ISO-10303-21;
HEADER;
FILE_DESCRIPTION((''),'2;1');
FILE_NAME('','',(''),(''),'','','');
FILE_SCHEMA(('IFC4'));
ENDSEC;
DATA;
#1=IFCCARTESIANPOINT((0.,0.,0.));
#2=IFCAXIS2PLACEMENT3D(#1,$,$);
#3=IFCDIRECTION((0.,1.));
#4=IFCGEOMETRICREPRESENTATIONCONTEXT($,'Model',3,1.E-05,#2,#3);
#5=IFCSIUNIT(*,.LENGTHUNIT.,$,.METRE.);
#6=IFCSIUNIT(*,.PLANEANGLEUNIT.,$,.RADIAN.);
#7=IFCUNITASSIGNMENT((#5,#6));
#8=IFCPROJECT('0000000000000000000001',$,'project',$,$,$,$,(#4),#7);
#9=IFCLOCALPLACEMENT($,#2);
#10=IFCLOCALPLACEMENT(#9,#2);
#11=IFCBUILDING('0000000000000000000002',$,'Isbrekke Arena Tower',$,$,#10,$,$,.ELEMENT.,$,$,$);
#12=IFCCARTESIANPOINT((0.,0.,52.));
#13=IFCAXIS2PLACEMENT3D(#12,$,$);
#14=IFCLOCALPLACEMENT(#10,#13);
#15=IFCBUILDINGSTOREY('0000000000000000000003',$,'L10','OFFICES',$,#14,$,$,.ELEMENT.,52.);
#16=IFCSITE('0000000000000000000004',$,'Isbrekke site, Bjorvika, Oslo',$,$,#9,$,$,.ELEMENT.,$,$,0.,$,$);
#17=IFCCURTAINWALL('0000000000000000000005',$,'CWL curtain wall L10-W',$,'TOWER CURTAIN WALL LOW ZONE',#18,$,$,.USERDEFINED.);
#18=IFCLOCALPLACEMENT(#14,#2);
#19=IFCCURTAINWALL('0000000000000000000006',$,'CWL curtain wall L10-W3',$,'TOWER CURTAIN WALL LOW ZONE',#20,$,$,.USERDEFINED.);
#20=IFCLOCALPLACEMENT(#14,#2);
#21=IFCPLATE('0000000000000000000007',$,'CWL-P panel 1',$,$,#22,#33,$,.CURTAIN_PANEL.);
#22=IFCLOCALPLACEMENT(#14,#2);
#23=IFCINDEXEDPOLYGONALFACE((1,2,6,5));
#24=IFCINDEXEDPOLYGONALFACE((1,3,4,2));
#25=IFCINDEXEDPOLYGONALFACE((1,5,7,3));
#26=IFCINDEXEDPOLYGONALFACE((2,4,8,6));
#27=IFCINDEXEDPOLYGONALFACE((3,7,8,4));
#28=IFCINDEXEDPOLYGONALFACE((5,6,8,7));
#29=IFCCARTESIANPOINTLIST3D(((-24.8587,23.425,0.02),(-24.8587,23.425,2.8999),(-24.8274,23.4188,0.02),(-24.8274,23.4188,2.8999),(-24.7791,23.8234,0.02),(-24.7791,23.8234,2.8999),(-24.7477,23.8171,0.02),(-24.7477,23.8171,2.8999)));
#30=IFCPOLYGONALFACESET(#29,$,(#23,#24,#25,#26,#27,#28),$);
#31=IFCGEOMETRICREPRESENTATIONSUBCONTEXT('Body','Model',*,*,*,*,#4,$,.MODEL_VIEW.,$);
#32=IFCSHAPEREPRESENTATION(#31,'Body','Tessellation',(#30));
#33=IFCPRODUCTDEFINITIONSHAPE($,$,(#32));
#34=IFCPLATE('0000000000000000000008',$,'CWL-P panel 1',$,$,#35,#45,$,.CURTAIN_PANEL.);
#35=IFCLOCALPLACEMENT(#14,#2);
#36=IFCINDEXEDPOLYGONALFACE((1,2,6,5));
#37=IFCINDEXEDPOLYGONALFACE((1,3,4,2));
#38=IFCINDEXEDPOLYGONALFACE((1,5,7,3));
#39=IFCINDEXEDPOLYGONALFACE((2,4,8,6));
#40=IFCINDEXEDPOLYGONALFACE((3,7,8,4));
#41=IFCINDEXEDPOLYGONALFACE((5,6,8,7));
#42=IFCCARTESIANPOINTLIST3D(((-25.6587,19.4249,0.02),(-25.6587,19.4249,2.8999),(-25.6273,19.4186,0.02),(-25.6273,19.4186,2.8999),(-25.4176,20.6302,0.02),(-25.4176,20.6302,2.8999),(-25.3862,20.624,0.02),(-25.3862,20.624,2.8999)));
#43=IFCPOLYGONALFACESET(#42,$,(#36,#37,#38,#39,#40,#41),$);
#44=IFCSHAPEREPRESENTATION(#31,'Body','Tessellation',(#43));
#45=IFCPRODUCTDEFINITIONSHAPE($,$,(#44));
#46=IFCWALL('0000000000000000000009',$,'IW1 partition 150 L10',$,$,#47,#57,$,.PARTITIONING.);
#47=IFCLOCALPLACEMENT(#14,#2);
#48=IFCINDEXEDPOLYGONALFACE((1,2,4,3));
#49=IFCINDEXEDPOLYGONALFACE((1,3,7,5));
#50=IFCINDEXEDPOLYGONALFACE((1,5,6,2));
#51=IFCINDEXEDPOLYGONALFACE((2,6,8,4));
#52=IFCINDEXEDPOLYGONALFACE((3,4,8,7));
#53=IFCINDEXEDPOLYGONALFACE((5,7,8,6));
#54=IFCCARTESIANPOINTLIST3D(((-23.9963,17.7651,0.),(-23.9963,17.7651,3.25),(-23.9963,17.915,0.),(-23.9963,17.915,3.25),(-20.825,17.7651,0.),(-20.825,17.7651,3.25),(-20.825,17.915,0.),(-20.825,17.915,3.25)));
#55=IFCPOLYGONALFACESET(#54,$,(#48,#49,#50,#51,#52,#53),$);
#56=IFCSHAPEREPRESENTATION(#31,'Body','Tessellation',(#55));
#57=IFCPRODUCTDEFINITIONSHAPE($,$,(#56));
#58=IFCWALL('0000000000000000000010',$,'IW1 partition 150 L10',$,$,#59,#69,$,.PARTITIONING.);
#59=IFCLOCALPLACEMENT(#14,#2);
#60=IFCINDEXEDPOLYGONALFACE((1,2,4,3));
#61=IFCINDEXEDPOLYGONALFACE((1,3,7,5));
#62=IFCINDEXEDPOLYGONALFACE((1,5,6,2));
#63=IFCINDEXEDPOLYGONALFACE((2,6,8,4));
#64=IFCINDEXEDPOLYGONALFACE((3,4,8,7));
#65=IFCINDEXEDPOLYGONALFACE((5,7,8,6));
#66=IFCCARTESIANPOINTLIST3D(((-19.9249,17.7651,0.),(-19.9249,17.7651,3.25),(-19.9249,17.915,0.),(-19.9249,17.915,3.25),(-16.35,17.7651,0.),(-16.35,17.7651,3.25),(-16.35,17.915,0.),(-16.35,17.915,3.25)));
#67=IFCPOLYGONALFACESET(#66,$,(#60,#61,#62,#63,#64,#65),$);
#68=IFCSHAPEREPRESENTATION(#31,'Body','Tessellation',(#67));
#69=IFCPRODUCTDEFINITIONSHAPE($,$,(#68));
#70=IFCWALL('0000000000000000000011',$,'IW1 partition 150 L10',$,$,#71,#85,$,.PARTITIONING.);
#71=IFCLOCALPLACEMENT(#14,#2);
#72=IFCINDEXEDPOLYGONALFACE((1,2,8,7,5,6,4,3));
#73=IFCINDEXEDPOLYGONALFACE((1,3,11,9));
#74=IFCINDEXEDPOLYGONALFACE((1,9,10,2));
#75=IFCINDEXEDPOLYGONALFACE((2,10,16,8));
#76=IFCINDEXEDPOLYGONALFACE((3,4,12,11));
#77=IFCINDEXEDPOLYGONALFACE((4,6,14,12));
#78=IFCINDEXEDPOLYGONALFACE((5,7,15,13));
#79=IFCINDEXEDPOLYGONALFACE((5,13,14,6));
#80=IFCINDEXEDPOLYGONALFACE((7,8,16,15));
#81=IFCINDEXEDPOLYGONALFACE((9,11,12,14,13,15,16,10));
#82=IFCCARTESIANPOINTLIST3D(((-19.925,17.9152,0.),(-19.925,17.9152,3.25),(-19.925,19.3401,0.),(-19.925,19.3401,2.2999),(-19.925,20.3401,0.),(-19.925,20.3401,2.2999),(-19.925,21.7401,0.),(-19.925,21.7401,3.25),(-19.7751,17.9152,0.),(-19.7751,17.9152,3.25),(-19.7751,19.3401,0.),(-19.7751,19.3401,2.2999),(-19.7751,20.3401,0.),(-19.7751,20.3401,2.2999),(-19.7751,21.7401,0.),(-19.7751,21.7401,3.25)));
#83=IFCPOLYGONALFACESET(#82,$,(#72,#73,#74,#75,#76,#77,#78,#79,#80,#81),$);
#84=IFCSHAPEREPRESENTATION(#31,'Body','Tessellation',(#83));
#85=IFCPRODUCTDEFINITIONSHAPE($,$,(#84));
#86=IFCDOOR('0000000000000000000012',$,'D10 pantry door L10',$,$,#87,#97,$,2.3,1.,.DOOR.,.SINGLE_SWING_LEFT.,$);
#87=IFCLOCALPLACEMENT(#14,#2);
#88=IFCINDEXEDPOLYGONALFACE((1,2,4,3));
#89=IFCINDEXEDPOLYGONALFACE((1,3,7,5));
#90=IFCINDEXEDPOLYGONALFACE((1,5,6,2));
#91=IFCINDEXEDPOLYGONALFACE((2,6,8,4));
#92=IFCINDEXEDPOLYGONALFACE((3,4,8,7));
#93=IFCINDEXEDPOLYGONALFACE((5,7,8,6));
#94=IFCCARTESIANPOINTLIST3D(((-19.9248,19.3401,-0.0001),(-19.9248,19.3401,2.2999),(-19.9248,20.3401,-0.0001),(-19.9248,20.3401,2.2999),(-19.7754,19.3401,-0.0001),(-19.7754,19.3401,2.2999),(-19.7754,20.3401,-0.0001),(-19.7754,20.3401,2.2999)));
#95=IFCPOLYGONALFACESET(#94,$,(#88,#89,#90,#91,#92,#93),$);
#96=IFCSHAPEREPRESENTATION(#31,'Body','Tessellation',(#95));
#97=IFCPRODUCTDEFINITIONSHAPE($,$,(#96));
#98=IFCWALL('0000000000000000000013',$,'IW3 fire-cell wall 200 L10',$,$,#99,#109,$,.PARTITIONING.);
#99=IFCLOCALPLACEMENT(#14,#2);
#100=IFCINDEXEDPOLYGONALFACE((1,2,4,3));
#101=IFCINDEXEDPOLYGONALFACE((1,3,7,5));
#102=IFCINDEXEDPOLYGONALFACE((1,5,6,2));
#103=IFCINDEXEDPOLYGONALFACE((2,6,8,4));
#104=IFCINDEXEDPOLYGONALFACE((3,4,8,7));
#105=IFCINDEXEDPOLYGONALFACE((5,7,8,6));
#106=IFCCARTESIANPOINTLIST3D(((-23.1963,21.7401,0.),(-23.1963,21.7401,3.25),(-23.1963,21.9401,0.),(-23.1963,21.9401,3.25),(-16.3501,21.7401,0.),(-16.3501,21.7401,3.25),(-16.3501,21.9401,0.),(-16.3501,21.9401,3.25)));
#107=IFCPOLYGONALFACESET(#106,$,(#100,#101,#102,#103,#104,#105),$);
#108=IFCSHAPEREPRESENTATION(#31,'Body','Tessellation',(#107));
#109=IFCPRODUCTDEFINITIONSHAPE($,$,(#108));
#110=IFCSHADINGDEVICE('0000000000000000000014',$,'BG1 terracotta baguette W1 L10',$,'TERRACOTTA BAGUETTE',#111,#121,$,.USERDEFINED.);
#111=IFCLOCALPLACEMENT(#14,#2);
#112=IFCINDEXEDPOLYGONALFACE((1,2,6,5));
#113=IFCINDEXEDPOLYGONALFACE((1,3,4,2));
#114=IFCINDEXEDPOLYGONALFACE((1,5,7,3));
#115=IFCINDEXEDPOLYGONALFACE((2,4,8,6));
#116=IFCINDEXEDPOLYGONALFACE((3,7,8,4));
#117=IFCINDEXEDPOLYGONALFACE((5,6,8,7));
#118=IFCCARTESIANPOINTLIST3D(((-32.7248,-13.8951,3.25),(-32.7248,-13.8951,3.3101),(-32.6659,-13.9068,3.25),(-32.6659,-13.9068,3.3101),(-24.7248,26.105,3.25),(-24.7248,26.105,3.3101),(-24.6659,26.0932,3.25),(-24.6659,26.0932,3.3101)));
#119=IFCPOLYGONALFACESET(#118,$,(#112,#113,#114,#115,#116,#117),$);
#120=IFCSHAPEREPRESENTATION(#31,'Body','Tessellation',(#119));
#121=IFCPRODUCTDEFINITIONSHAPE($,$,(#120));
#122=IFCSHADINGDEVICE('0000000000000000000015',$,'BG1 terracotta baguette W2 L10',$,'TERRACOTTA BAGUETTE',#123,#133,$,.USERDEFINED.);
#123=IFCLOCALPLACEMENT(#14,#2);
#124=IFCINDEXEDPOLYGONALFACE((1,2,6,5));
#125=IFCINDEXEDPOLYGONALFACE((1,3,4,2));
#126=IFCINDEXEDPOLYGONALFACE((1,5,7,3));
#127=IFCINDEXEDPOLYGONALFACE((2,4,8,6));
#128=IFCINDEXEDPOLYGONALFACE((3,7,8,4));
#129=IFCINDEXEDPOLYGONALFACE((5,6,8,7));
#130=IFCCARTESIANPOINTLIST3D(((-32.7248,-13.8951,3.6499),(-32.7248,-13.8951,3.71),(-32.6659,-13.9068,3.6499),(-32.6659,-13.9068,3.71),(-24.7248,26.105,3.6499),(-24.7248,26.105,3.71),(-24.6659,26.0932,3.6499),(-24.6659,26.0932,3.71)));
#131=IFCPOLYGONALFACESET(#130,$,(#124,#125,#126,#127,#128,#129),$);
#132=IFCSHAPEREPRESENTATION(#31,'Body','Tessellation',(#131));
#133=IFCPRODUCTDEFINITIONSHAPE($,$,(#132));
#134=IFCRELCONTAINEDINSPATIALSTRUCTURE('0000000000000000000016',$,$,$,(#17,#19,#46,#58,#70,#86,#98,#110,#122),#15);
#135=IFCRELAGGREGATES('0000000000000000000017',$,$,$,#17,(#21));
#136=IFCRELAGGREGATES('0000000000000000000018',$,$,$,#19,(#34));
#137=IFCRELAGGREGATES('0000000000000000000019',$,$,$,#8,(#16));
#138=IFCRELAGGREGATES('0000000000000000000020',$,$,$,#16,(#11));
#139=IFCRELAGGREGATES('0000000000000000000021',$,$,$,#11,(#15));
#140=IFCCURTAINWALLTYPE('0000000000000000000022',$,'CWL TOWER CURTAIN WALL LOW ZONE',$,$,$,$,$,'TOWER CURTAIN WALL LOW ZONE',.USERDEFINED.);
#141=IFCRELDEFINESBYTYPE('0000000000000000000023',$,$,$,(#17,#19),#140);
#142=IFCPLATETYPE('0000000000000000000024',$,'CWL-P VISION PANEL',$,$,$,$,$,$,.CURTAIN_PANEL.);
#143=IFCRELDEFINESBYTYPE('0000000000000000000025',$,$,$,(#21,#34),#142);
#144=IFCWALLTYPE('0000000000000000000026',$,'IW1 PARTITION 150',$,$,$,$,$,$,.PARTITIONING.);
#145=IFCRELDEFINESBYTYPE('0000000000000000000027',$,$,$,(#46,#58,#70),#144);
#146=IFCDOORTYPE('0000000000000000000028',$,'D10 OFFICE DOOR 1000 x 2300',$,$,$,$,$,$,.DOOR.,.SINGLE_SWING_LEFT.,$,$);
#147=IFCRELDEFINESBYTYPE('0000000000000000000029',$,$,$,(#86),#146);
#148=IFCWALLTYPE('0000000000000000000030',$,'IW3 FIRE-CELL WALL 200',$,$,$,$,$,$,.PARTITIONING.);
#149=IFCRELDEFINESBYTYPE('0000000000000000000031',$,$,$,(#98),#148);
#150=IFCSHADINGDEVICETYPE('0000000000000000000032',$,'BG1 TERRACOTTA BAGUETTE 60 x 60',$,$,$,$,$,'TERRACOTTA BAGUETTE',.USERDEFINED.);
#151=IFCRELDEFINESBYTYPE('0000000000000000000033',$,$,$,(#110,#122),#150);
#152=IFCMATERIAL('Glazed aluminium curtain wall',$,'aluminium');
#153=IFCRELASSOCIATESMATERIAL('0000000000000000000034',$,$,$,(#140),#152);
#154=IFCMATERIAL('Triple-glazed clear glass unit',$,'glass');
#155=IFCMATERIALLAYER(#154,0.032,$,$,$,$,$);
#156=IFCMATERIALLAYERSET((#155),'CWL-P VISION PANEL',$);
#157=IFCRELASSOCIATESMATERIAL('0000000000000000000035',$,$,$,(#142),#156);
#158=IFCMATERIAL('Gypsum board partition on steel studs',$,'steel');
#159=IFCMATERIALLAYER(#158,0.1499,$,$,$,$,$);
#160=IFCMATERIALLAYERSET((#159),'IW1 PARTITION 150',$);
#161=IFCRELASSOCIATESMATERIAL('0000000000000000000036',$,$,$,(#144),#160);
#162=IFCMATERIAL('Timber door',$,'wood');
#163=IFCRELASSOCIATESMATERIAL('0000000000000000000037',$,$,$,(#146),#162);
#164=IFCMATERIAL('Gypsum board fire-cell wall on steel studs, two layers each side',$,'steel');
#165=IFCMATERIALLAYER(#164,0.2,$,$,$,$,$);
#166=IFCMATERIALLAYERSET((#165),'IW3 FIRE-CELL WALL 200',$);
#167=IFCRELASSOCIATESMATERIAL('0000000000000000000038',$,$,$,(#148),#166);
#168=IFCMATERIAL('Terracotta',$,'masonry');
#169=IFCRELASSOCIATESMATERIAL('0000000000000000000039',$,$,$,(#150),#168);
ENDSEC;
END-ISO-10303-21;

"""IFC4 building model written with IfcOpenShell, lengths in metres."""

from ifc_helpers import new_model, si_unit, direction, frame, frame_2d, origin, origin_2d, place, context, subcontext, project, spatial, rectangle, extrude, material, layer, layer_set, material_profile, profile_set, type_object, element, fill, aggregate, save


model = new_model("IFC4")

# Units and contexts
model_context = context("Model", 3, precision=1e-05, world=origin(), true_north=direction((0.0, 1.0)))
body_context = subcontext(model_context, "Body", "Model", "MODEL_VIEW")
ifc_project = project(units=[si_unit("LENGTHUNIT", "METRE"), si_unit("PLANEANGLEUNIT", "RADIAN")], contexts=[model_context])

# Site, building, storey
site_placement = place(None, origin())
site = spatial("IfcSite", under=ifc_project, at=site_placement, Name="Isbrekke site, Bjorvika, Oslo", CompositionType="ELEMENT", RefElevation=0.0)
building_placement = place(site_placement, origin())
building = spatial("IfcBuilding", under=site, at=building_placement, Name="Isbrekke Arena Tower", CompositionType="ELEMENT")
storey_placement = place(building_placement, frame((0.0, 0.0, 52.0)))
storey = spatial("IfcBuildingStorey", under=building, at=storey_placement, Name="L10", Description="OFFICES", CompositionType="ELEMENT", Elevation=52.0)

# Shared definitions
ifc_material_1 = material(Name="Glazed aluminium curtain wall", Category="aluminium")
curtain_wall_type = type_object("IfcCurtainWallType", Name="CWL TOWER CURTAIN WALL LOW ZONE", ElementType="TOWER CURTAIN WALL LOW ZONE", PredefinedType="USERDEFINED", material=ifc_material_1)

# Curtain walls
curtain_wall_1_placement = place(storey_placement, origin())
curtain_wall_1 = element("IfcCurtainWall", 1, at=curtain_wall_1_placement, inside=storey, type_object=curtain_wall_type, Name="CWL curtain wall L10-W", ObjectType="TOWER CURTAIN WALL LOW ZONE", PredefinedType="USERDEFINED")
curtain_wall_2_placement = place(storey_placement, origin())
curtain_wall_2 = element("IfcCurtainWall", 2, at=curtain_wall_2_placement, inside=storey, type_object=curtain_wall_type, Name="CWL curtain wall L10-W3", ObjectType="TOWER CURTAIN WALL LOW ZONE", PredefinedType="USERDEFINED")

# Plates
ifc_material_2 = material(Name="Triple-glazed clear glass unit", Category="glass")
ifc_layer_1 = layer(ifc_material_2, 0.032)
ifc_layer_set_1 = layer_set([ifc_layer_1], Name="CWL-P VISION PANEL")
plate_type = type_object("IfcPlateType", Name="CWL-P VISION PANEL", PredefinedType="CURTAIN_PANEL", material=ifc_layer_set_1)
plate_1_placement = place(storey_placement, frame((-24.8032, 23.6211, 0.02), z_axis=(0.0, 0.0, 1.0), x_axis=(-0.196116, -0.980581, 0.0)))
plate_1 = element("IfcPlate", 3, at=plate_1_placement, type_object=plate_type, Name="CWL-P panel 1", PredefinedType="CURTAIN_PANEL", context=body_context, shape_type="SweptSolid", body=[
    extrude(rectangle(XDim=0.4062, YDim=0.032, at=origin_2d()), origin(), (0.0, 0.0, 1.0), 2.8799),
])
aggregate(curtain_wall_1, [plate_1])
plate_2_placement = place(storey_placement, frame((-25.5225, 20.0244, 0.02), z_axis=(0.0, 0.0, 1.0), x_axis=(-0.196116, -0.980581, 0.0)))
plate_2 = element("IfcPlate", 4, at=plate_2_placement, type_object=plate_type, Name="CWL-P panel 1", PredefinedType="CURTAIN_PANEL", context=body_context, shape_type="SweptSolid", body=[
    extrude(rectangle(XDim=1.2292, YDim=0.032, at=origin_2d()), origin(), (0.0, 0.0, 1.0), 2.8799),
])
aggregate(curtain_wall_2, [plate_2])

# Walls
ifc_material_3 = material(Name="Gypsum board partition on steel studs", Category="steel")
ifc_layer_2 = layer(ifc_material_3, 0.1499)
ifc_layer_set_2 = layer_set([ifc_layer_2], Name="IW1 PARTITION 150")
wall_type_1 = type_object("IfcWallType", Name="IW1 PARTITION 150", PredefinedType="PARTITIONING", material=ifc_layer_set_2)
wall_1_placement = place(storey_placement, frame((-23.9963, 17.8401, 0.0), z_axis=(0.0, 0.0, 1.0), x_axis=(1.0, 0.0, 0.0)))
element("IfcWall", 5, at=wall_1_placement, inside=storey, type_object=wall_type_1, Name="IW1 partition 150 L10", PredefinedType="PARTITIONING", context=body_context, shape_type="SweptSolid", body=[
    extrude(rectangle(XDim=3.1714, YDim=0.1499, at=frame_2d((1.5857, 0.0))), origin(), (0.0, 0.0, 1.0), 3.25),
])
wall_2_placement = place(storey_placement, frame((-19.925, 17.8401, 0.0), z_axis=(0.0, 0.0, 1.0), x_axis=(1.0, 0.0, 0.0)))
element("IfcWall", 6, at=wall_2_placement, inside=storey, type_object=wall_type_1, Name="IW1 partition 150 L10", PredefinedType="PARTITIONING", context=body_context, shape_type="SweptSolid", body=[
    extrude(rectangle(XDim=3.575, YDim=0.1499, at=frame_2d((1.7876, 0.0))), origin(), (0.0, 0.0, 1.0), 3.25),
])

# Wall, opening, door
wall_3_placement = place(storey_placement, frame((-19.8501, 17.915, 0.0), z_axis=(0.0, 0.0, 1.0), x_axis=(0.0, 1.0, 0.0)))
wall_3 = element("IfcWall", 7, at=wall_3_placement, inside=storey, type_object=wall_type_1, Name="IW1 partition 150 L10", PredefinedType="PARTITIONING", context=body_context, shape_type="SweptSolid", body=[
    extrude(rectangle(XDim=3.825, YDim=0.1499, at=frame_2d((1.9126, 0.0))), origin(), (0.0, 0.0, 1.0), 3.25),
])
opening_placement = place(wall_3_placement, frame((1.425, 0.0, 0.0)))
opening = element("IfcOpeningElement", 8, at=opening_placement, cuts=wall_3, PredefinedType="OPENING", context=body_context, shape_type="SweptSolid", body=[
    extrude(rectangle(XDim=1.0, YDim=2.3, at=frame_2d((0.5, 1.1499))), frame((0.0, 0.0898, 0.0), z_axis=(0.0, -1.0, 0.0), x_axis=(1.0, 0.0, 0.0)), (0.0, 0.0, 1.0), 0.1797),
])
ifc_material_4 = material(Name="Timber door", Category="wood")
door_type = type_object("IfcDoorType", Name="D10 OFFICE DOOR 1000 x 2300", OperationType="SINGLE_SWING_LEFT", PredefinedType="DOOR", material=ifc_material_4)
door_placement = place(opening_placement, origin())
door = element("IfcDoor", 9, at=door_placement, inside=storey, type_object=door_type, Name="D10 pantry door L10", OperationType="SINGLE_SWING_LEFT", OverallHeight=2.3, OverallWidth=1.0, PredefinedType="DOOR", context=body_context, shape_type="SweptSolid", body=[
    extrude(rectangle(XDim=1.0, YDim=2.3, at=frame_2d((0.5, 1.1499))), frame((0.0, 0.0747, 0.0), z_axis=(0.0, -1.0, 0.0), x_axis=(1.0, 0.0, 0.0)), (0.0, 0.0, 1.0), 0.1494),
])
fill(opening, door)

# Wall
ifc_material_5 = material(Name="Gypsum board fire-cell wall on steel studs, two layers each side", Category="steel")
ifc_layer_3 = layer(ifc_material_5, 0.2)
ifc_layer_set_3 = layer_set([ifc_layer_3], Name="IW3 FIRE-CELL WALL 200")
wall_type_2 = type_object("IfcWallType", Name="IW3 FIRE-CELL WALL 200", PredefinedType="PARTITIONING", material=ifc_layer_set_3)
wall_4_placement = place(storey_placement, frame((-23.1963, 21.8401, 0.0), z_axis=(0.0, 0.0, 1.0), x_axis=(1.0, 0.0, 0.0)))
element("IfcWall", 10, at=wall_4_placement, inside=storey, type_object=wall_type_2, Name="IW3 fire-cell wall 200 L10", PredefinedType="PARTITIONING", context=body_context, shape_type="SweptSolid", body=[
    extrude(rectangle(XDim=6.8462, YDim=0.2, at=frame_2d((3.4231, 0.0))), origin(), (0.0, 0.0, 1.0), 3.25),
])

# Shading devices
ifc_material_6 = material(Name="Terracotta", Category="masonry")
ifc_material_profile_1 = material_profile(ifc_material_6, rectangle(XDim=0.0601, YDim=0.0601, at=origin_2d()), Name="BAGUETTE 60X60")
ifc_profile_set_1 = profile_set([ifc_material_profile_1], Name="Terracotta")
shading_device_type = type_object("IfcShadingDeviceType", Name="BG1 TERRACOTTA BAGUETTE 60 x 60", ElementType="TERRACOTTA BAGUETTE", PredefinedType="USERDEFINED", material=ifc_profile_set_1)
for number, where, z_axis, x_axis, name in (
    (11, (-24.6953, 26.0991, 3.28), (-0.196116, -0.980581, 0.0), (0.980581, -0.196116, 0.0), "BG1 terracotta baguette W1 L10"),
    (12, (-24.6953, 26.0991, 3.6799), (-0.196116, -0.980581, 0.0), (0.980581, -0.196116, 0.0), "BG1 terracotta baguette W2 L10"),
):
    element("IfcShadingDevice", number, at=place(storey_placement, frame(where, z_axis=z_axis, x_axis=x_axis)), inside=storey, type_object=shading_device_type, Name=name, ObjectType="TERRACOTTA BAGUETTE", PredefinedType="USERDEFINED", context=body_context, shape_type="SweptSolid", body=[
        extrude(rectangle(XDim=0.0601, YDim=0.0601, at=origin_2d()), origin(), (0.0, 0.0, 1.0), 40.7922),
    ])

save(model, "model.ifc")
